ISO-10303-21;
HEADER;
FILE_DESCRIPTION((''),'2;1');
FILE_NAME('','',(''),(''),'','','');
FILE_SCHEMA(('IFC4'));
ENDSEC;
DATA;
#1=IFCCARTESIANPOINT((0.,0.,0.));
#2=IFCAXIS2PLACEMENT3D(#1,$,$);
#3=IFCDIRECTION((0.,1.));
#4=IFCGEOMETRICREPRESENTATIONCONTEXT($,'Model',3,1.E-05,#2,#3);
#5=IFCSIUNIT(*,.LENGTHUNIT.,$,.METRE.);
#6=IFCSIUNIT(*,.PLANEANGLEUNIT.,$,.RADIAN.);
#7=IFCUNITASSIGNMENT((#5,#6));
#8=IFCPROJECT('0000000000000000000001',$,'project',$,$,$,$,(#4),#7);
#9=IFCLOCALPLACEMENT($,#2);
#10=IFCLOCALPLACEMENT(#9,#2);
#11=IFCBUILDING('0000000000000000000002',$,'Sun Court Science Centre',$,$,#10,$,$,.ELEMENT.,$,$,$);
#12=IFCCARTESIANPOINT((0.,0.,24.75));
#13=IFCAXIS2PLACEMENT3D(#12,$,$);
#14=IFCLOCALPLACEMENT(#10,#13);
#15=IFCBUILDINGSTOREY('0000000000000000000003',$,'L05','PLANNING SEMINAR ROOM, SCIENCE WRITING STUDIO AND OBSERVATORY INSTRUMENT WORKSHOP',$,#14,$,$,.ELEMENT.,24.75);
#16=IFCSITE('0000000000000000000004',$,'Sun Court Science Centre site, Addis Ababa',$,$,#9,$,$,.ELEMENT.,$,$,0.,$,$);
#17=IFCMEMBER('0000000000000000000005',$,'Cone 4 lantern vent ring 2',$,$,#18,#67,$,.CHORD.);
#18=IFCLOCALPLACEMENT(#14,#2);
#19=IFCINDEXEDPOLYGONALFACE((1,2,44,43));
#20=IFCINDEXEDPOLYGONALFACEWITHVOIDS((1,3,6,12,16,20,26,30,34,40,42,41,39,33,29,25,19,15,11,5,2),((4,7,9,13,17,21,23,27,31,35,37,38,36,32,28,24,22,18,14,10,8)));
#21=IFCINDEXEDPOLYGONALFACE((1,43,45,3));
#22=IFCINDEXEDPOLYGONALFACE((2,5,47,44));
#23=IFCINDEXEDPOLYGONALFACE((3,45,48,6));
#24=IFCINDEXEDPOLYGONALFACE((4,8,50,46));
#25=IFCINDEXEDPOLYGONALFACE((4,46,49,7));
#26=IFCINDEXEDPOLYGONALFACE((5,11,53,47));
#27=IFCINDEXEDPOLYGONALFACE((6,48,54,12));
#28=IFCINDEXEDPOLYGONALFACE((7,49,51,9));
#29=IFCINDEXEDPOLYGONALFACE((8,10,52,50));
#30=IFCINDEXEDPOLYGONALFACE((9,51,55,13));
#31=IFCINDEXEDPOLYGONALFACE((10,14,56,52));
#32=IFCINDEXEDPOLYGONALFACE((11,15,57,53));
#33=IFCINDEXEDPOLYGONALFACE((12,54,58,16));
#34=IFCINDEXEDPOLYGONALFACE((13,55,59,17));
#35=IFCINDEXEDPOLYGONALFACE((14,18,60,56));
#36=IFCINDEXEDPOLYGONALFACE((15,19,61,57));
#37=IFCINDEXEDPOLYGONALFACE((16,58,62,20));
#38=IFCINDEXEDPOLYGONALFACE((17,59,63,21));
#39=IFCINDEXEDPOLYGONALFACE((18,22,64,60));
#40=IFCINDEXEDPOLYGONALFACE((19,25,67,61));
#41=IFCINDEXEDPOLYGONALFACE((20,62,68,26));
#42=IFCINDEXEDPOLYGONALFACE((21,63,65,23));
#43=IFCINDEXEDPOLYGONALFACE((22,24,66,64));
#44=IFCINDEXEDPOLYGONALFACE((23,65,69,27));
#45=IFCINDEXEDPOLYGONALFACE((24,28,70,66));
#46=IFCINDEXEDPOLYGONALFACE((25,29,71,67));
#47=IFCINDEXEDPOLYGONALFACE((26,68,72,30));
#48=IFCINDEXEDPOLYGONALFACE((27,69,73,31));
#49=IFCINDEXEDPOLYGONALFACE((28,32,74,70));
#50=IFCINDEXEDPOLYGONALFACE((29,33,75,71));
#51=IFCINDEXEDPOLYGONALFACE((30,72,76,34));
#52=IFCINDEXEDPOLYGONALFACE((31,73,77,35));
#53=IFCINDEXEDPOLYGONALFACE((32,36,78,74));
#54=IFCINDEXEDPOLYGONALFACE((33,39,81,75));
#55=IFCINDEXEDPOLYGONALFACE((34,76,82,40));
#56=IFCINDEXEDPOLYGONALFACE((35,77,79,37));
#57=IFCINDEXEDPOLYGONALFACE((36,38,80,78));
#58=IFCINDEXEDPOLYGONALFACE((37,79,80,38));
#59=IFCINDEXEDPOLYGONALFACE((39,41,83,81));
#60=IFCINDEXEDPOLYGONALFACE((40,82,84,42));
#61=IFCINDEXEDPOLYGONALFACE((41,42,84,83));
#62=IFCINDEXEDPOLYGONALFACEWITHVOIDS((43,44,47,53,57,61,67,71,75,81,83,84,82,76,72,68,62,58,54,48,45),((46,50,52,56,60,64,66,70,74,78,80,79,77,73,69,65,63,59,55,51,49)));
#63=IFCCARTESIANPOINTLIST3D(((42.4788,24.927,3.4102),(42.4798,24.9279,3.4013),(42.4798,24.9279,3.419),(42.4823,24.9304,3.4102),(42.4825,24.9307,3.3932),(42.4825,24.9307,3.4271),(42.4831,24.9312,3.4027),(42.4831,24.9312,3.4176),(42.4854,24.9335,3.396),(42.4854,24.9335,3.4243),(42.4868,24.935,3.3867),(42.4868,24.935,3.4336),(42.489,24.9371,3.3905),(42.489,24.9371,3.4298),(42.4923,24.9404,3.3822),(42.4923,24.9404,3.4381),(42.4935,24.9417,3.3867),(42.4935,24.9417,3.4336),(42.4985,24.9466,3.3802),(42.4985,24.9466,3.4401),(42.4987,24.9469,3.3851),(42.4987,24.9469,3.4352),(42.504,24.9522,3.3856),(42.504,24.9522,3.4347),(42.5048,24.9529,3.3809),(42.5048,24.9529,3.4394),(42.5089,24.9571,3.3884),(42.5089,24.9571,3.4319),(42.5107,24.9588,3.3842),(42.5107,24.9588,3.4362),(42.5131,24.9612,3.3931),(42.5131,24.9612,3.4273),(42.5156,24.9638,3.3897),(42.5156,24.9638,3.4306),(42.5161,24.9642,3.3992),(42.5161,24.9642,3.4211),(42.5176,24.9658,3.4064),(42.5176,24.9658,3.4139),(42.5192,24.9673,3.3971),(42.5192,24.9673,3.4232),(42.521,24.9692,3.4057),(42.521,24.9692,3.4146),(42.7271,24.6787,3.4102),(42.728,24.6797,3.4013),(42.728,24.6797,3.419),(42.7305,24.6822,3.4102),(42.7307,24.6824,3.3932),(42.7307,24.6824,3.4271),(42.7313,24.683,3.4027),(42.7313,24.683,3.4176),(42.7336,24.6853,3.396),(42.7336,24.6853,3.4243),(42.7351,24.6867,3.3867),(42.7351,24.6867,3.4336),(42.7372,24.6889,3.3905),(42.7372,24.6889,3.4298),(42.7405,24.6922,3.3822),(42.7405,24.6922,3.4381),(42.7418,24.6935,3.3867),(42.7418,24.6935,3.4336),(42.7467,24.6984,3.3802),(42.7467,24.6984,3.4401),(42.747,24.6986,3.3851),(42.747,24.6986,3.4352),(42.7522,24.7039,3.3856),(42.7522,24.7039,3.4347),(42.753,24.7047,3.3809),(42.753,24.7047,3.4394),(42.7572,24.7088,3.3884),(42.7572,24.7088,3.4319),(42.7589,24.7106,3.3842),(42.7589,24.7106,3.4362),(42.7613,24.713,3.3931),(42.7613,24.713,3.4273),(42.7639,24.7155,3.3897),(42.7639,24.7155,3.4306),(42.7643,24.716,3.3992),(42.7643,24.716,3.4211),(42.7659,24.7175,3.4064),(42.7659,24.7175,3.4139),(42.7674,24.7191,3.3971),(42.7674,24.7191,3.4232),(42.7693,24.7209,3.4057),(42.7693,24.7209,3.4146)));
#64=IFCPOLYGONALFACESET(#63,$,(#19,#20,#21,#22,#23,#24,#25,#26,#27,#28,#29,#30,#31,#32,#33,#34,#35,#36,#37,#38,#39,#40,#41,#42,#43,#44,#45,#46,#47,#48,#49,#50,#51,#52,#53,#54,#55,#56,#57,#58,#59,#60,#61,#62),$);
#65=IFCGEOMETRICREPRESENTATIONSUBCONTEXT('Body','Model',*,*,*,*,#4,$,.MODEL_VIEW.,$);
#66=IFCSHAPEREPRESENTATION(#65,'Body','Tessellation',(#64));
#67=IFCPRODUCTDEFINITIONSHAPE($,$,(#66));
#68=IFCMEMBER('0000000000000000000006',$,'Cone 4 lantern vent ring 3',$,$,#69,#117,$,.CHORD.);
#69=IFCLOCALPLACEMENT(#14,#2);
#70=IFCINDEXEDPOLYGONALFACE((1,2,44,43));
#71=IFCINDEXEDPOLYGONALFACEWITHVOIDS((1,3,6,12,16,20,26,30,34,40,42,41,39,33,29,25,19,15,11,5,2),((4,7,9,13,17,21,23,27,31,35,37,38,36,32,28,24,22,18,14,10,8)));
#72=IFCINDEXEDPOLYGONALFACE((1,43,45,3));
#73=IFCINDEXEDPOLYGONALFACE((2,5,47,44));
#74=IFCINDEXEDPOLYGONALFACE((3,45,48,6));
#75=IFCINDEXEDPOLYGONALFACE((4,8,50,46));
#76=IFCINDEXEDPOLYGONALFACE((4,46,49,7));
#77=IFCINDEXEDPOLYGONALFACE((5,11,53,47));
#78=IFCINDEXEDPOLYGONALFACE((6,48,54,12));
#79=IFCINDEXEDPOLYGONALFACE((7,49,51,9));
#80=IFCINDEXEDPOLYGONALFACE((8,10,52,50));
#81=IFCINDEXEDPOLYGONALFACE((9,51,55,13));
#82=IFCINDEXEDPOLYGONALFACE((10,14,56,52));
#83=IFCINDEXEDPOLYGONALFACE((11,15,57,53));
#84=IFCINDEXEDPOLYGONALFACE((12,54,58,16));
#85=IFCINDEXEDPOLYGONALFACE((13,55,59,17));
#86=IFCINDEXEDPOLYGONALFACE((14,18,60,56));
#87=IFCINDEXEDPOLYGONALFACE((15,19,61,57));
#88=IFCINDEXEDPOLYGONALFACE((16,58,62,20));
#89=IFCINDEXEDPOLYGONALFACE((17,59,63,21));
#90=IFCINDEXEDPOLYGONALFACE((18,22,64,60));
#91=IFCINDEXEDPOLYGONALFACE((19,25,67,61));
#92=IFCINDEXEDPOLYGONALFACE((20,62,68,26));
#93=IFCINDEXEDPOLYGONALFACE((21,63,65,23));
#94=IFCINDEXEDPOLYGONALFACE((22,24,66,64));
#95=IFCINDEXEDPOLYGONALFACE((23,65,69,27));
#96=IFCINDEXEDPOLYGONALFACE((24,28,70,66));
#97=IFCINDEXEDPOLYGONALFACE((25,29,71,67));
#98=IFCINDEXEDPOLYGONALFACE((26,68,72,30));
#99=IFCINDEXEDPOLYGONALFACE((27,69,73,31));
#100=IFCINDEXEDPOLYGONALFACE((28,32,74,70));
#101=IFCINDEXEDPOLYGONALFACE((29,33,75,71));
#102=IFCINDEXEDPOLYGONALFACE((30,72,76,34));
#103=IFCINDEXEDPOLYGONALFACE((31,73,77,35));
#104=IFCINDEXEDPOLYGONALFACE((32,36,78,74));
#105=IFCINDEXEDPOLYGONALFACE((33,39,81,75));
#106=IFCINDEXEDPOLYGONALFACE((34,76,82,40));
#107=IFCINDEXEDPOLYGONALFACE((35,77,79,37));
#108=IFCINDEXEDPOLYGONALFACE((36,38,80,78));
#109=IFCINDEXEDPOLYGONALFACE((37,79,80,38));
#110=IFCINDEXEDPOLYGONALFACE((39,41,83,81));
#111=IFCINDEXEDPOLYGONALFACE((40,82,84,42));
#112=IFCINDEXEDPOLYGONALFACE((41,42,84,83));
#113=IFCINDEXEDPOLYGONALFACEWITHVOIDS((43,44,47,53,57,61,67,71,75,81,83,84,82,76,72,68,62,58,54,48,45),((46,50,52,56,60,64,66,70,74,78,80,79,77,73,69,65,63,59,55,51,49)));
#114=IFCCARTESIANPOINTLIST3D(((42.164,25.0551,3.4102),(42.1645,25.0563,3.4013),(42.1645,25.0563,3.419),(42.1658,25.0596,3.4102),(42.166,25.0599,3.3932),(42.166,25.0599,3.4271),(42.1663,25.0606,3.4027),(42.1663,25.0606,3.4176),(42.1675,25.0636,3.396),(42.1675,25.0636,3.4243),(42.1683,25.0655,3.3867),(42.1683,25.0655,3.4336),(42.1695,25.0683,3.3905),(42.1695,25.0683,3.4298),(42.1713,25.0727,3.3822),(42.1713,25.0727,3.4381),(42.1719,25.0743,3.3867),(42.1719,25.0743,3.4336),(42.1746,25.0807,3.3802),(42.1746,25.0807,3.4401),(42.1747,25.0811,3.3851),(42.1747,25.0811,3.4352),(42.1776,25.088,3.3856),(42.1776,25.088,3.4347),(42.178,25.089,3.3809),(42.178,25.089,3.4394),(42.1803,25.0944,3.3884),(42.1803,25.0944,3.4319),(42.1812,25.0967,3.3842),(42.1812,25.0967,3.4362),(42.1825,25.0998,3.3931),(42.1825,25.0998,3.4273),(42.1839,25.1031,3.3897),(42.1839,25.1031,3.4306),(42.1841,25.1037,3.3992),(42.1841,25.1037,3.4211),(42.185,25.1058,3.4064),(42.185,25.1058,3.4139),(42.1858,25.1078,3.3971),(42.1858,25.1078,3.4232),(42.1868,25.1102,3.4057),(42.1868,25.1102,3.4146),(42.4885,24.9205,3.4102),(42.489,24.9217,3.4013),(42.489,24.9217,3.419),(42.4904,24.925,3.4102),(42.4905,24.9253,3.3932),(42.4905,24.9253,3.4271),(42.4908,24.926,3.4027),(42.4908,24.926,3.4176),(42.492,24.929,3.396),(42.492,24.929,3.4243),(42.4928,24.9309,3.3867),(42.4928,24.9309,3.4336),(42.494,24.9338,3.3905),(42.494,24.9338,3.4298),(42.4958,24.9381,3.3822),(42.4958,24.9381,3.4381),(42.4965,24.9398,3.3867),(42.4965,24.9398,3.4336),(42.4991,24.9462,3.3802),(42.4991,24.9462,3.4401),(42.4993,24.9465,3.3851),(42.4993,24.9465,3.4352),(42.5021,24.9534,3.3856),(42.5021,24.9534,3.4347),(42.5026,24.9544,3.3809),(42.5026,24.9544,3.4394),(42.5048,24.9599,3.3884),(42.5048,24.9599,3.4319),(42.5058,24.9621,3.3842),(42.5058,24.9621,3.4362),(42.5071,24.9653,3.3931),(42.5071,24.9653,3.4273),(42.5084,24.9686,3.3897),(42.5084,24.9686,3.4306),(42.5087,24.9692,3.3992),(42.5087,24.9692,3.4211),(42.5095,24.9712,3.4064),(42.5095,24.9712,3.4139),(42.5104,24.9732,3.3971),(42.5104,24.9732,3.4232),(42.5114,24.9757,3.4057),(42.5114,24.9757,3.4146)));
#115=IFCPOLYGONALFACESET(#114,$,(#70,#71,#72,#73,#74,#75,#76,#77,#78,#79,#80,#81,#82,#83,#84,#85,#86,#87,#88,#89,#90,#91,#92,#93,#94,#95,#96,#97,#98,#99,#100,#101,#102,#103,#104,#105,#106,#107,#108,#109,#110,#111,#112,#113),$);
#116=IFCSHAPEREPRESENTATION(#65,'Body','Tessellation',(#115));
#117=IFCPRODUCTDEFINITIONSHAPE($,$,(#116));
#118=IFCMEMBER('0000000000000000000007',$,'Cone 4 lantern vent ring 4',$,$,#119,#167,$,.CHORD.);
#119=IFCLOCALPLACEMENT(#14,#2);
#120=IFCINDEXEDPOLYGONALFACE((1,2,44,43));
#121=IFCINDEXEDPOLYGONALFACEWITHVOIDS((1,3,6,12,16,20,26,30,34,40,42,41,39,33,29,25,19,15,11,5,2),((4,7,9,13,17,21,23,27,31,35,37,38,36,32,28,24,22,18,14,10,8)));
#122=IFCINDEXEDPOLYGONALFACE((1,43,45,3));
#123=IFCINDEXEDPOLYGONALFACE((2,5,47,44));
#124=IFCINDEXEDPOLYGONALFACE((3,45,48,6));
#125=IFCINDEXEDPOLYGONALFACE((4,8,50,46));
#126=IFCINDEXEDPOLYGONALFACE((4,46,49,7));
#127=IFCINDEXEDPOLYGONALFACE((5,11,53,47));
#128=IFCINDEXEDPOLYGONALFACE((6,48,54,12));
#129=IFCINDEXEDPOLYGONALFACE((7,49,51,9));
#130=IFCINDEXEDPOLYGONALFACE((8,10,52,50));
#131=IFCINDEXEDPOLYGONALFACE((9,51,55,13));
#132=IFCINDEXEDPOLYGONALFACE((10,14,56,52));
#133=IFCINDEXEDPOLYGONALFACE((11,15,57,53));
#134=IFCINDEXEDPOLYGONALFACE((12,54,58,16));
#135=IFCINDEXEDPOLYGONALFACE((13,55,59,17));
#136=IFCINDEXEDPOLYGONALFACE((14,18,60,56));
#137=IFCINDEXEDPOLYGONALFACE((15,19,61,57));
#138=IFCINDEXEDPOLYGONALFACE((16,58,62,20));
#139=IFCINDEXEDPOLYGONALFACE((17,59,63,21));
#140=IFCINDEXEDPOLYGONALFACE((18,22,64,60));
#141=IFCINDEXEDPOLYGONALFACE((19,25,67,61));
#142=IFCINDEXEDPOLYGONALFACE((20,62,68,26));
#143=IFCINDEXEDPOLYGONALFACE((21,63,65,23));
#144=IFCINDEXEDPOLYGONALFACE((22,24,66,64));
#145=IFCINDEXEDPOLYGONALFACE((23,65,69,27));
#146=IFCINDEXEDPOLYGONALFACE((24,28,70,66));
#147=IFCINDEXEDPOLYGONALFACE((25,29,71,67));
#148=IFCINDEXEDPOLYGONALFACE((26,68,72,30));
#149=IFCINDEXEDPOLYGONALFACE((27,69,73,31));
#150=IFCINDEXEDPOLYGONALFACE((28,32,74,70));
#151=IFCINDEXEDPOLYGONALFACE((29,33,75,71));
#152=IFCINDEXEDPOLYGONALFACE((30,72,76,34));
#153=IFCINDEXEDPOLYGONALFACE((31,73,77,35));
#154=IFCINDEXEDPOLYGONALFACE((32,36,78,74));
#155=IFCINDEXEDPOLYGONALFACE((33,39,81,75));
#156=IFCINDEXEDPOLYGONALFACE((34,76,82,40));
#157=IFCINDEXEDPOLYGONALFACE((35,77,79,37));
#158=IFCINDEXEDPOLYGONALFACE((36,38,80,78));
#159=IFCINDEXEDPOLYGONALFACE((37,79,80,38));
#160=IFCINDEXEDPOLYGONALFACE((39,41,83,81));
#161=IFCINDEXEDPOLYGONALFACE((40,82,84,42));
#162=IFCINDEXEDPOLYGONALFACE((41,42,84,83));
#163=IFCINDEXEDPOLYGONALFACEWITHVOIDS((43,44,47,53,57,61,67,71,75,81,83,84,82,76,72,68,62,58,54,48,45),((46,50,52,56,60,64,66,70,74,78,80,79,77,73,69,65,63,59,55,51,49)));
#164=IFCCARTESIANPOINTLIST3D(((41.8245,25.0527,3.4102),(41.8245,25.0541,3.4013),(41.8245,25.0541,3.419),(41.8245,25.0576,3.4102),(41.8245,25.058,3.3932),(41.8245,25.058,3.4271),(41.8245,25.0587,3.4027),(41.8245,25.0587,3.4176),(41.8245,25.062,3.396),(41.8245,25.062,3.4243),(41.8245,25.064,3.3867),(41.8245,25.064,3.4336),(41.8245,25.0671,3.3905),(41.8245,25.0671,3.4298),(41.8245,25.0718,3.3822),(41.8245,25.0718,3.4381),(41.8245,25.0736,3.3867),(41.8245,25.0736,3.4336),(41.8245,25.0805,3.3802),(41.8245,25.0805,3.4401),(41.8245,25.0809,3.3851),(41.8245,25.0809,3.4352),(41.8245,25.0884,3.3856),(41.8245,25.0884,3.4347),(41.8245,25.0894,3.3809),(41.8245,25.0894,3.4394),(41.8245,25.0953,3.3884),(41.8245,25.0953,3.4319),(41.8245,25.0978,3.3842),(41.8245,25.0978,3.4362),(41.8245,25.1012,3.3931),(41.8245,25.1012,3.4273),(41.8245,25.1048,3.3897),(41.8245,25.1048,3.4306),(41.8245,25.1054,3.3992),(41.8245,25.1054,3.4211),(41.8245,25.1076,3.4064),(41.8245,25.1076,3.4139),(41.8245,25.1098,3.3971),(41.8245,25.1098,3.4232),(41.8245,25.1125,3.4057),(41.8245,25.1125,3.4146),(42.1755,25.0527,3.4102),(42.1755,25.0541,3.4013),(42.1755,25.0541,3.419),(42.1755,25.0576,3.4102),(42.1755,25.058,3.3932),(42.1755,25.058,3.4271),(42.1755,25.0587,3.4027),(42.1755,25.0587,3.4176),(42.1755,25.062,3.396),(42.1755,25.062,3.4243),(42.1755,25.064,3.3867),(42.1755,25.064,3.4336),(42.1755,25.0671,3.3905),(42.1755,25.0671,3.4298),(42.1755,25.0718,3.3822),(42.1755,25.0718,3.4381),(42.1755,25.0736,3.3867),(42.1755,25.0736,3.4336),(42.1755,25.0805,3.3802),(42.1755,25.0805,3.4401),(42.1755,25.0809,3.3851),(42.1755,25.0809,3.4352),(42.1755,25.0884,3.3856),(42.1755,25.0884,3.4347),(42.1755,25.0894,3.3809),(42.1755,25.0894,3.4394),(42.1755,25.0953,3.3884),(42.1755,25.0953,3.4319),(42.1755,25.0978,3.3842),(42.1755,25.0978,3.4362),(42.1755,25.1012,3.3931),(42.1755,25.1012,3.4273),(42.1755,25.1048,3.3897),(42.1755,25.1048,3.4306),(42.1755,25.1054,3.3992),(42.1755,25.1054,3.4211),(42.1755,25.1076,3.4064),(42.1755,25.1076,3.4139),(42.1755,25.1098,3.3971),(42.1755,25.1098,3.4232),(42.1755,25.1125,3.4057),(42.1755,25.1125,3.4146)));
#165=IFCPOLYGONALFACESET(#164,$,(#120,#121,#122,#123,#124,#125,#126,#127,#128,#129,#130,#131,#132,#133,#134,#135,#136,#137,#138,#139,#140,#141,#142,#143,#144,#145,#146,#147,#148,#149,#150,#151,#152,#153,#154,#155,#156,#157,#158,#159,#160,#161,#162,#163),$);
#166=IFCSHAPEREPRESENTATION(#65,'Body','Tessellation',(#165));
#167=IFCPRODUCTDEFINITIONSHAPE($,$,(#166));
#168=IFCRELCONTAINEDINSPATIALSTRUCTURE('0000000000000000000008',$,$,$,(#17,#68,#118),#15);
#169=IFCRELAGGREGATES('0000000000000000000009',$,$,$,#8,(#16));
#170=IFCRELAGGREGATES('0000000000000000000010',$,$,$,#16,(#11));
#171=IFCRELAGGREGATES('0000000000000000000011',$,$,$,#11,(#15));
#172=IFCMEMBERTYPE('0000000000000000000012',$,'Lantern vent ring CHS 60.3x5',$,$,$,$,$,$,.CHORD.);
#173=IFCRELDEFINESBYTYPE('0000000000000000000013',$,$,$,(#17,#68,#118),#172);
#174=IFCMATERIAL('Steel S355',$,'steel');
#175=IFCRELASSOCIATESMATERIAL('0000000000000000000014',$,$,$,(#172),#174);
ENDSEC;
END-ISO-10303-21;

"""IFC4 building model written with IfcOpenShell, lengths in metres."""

from ifc_helpers import new_model, si_unit, direction, frame, origin, origin_2d, place, context, subcontext, project, spatial, hollow_circle, extrude, material, material_profile, profile_set, type_object, element, save


model = new_model("IFC4")

# Units and contexts
model_context = context("Model", 3, precision=1e-05, world=origin(), true_north=direction((0.0, 1.0)))
body_context = subcontext(model_context, "Body", "Model", "MODEL_VIEW")
ifc_project = project(units=[si_unit("LENGTHUNIT", "METRE"), si_unit("PLANEANGLEUNIT", "RADIAN")], contexts=[model_context])

# Site, building, storey
site_placement = place(None, origin())
site = spatial("IfcSite", under=ifc_project, at=site_placement, Name="Sun Court Science Centre site, Addis Ababa", CompositionType="ELEMENT", RefElevation=0.0)
building_placement = place(site_placement, origin())
building = spatial("IfcBuilding", under=site, at=building_placement, Name="Sun Court Science Centre", CompositionType="ELEMENT")
storey_placement = place(building_placement, frame((0.0, 0.0, 24.75)))
storey = spatial("IfcBuildingStorey", under=building, at=storey_placement, Name="L05", Description="PLANNING SEMINAR ROOM, SCIENCE WRITING STUDIO AND OBSERVATORY INSTRUMENT WORKSHOP", CompositionType="ELEMENT", Elevation=24.75)

# Members
ifc_material_1 = material(Name="Steel S355", Category="steel")
ifc_material_profile_1 = material_profile(ifc_material_1, hollow_circle(Radius=0.03, WallThickness=0.0049, at=origin_2d()), Name="CHS 60.3x5")
ifc_profile_set_1 = profile_set([ifc_material_profile_1], Name="Steel S355")
member_type_1 = type_object("IfcMemberType", Name="Lantern vent ring CHS 60.3x5", PredefinedType="CHORD", material=ifc_profile_set_1)
member_1_placement = place(storey_placement, frame((42.7483, 24.7, 3.4102), z_axis=(-0.707107, 0.707107, 0.0), x_axis=(-0.707107, -0.707107, 0.0)))
element("IfcMember", 1, at=member_1_placement, inside=storey, type_object=member_type_1, Name="Cone 4 lantern vent ring 2", PredefinedType="CHORD", context=body_context, shape_type="SweptSolid", body=[
    extrude(hollow_circle(Radius=0.03, WallThickness=0.0049, at=origin_2d()), origin(), (0.0, 0.0, 1.0), 0.3511),
])
member_2_placement = place(storey_placement, frame((42.5, 24.9482, 3.4102), z_axis=(-0.923754, 0.382986, 0.0), x_axis=(-0.382986, -0.923754, 0.0)))
element("IfcMember", 2, at=member_2_placement, inside=storey, type_object=member_type_1, Name="Cone 4 lantern vent ring 3", PredefinedType="CHORD", context=body_context, shape_type="SweptSolid", body=[
    extrude(hollow_circle(Radius=0.03, WallThickness=0.0049, at=origin_2d()), origin(), (0.0, 0.0, 1.0), 0.3513),
])
member_3_placement = place(storey_placement, frame((42.1755, 25.0828, 3.4102), z_axis=(-1.0, 0.0, 0.0), x_axis=(0.0, -1.0, 0.0)))
element("IfcMember", 3, at=member_3_placement, inside=storey, type_object=member_type_1, Name="Cone 4 lantern vent ring 4", PredefinedType="CHORD", context=body_context, shape_type="SweptSolid", body=[
    extrude(hollow_circle(Radius=0.03, WallThickness=0.0049, at=origin_2d()), origin(), (0.0, 0.0, 1.0), 0.3511),
])

save(model, "model.ifc")
